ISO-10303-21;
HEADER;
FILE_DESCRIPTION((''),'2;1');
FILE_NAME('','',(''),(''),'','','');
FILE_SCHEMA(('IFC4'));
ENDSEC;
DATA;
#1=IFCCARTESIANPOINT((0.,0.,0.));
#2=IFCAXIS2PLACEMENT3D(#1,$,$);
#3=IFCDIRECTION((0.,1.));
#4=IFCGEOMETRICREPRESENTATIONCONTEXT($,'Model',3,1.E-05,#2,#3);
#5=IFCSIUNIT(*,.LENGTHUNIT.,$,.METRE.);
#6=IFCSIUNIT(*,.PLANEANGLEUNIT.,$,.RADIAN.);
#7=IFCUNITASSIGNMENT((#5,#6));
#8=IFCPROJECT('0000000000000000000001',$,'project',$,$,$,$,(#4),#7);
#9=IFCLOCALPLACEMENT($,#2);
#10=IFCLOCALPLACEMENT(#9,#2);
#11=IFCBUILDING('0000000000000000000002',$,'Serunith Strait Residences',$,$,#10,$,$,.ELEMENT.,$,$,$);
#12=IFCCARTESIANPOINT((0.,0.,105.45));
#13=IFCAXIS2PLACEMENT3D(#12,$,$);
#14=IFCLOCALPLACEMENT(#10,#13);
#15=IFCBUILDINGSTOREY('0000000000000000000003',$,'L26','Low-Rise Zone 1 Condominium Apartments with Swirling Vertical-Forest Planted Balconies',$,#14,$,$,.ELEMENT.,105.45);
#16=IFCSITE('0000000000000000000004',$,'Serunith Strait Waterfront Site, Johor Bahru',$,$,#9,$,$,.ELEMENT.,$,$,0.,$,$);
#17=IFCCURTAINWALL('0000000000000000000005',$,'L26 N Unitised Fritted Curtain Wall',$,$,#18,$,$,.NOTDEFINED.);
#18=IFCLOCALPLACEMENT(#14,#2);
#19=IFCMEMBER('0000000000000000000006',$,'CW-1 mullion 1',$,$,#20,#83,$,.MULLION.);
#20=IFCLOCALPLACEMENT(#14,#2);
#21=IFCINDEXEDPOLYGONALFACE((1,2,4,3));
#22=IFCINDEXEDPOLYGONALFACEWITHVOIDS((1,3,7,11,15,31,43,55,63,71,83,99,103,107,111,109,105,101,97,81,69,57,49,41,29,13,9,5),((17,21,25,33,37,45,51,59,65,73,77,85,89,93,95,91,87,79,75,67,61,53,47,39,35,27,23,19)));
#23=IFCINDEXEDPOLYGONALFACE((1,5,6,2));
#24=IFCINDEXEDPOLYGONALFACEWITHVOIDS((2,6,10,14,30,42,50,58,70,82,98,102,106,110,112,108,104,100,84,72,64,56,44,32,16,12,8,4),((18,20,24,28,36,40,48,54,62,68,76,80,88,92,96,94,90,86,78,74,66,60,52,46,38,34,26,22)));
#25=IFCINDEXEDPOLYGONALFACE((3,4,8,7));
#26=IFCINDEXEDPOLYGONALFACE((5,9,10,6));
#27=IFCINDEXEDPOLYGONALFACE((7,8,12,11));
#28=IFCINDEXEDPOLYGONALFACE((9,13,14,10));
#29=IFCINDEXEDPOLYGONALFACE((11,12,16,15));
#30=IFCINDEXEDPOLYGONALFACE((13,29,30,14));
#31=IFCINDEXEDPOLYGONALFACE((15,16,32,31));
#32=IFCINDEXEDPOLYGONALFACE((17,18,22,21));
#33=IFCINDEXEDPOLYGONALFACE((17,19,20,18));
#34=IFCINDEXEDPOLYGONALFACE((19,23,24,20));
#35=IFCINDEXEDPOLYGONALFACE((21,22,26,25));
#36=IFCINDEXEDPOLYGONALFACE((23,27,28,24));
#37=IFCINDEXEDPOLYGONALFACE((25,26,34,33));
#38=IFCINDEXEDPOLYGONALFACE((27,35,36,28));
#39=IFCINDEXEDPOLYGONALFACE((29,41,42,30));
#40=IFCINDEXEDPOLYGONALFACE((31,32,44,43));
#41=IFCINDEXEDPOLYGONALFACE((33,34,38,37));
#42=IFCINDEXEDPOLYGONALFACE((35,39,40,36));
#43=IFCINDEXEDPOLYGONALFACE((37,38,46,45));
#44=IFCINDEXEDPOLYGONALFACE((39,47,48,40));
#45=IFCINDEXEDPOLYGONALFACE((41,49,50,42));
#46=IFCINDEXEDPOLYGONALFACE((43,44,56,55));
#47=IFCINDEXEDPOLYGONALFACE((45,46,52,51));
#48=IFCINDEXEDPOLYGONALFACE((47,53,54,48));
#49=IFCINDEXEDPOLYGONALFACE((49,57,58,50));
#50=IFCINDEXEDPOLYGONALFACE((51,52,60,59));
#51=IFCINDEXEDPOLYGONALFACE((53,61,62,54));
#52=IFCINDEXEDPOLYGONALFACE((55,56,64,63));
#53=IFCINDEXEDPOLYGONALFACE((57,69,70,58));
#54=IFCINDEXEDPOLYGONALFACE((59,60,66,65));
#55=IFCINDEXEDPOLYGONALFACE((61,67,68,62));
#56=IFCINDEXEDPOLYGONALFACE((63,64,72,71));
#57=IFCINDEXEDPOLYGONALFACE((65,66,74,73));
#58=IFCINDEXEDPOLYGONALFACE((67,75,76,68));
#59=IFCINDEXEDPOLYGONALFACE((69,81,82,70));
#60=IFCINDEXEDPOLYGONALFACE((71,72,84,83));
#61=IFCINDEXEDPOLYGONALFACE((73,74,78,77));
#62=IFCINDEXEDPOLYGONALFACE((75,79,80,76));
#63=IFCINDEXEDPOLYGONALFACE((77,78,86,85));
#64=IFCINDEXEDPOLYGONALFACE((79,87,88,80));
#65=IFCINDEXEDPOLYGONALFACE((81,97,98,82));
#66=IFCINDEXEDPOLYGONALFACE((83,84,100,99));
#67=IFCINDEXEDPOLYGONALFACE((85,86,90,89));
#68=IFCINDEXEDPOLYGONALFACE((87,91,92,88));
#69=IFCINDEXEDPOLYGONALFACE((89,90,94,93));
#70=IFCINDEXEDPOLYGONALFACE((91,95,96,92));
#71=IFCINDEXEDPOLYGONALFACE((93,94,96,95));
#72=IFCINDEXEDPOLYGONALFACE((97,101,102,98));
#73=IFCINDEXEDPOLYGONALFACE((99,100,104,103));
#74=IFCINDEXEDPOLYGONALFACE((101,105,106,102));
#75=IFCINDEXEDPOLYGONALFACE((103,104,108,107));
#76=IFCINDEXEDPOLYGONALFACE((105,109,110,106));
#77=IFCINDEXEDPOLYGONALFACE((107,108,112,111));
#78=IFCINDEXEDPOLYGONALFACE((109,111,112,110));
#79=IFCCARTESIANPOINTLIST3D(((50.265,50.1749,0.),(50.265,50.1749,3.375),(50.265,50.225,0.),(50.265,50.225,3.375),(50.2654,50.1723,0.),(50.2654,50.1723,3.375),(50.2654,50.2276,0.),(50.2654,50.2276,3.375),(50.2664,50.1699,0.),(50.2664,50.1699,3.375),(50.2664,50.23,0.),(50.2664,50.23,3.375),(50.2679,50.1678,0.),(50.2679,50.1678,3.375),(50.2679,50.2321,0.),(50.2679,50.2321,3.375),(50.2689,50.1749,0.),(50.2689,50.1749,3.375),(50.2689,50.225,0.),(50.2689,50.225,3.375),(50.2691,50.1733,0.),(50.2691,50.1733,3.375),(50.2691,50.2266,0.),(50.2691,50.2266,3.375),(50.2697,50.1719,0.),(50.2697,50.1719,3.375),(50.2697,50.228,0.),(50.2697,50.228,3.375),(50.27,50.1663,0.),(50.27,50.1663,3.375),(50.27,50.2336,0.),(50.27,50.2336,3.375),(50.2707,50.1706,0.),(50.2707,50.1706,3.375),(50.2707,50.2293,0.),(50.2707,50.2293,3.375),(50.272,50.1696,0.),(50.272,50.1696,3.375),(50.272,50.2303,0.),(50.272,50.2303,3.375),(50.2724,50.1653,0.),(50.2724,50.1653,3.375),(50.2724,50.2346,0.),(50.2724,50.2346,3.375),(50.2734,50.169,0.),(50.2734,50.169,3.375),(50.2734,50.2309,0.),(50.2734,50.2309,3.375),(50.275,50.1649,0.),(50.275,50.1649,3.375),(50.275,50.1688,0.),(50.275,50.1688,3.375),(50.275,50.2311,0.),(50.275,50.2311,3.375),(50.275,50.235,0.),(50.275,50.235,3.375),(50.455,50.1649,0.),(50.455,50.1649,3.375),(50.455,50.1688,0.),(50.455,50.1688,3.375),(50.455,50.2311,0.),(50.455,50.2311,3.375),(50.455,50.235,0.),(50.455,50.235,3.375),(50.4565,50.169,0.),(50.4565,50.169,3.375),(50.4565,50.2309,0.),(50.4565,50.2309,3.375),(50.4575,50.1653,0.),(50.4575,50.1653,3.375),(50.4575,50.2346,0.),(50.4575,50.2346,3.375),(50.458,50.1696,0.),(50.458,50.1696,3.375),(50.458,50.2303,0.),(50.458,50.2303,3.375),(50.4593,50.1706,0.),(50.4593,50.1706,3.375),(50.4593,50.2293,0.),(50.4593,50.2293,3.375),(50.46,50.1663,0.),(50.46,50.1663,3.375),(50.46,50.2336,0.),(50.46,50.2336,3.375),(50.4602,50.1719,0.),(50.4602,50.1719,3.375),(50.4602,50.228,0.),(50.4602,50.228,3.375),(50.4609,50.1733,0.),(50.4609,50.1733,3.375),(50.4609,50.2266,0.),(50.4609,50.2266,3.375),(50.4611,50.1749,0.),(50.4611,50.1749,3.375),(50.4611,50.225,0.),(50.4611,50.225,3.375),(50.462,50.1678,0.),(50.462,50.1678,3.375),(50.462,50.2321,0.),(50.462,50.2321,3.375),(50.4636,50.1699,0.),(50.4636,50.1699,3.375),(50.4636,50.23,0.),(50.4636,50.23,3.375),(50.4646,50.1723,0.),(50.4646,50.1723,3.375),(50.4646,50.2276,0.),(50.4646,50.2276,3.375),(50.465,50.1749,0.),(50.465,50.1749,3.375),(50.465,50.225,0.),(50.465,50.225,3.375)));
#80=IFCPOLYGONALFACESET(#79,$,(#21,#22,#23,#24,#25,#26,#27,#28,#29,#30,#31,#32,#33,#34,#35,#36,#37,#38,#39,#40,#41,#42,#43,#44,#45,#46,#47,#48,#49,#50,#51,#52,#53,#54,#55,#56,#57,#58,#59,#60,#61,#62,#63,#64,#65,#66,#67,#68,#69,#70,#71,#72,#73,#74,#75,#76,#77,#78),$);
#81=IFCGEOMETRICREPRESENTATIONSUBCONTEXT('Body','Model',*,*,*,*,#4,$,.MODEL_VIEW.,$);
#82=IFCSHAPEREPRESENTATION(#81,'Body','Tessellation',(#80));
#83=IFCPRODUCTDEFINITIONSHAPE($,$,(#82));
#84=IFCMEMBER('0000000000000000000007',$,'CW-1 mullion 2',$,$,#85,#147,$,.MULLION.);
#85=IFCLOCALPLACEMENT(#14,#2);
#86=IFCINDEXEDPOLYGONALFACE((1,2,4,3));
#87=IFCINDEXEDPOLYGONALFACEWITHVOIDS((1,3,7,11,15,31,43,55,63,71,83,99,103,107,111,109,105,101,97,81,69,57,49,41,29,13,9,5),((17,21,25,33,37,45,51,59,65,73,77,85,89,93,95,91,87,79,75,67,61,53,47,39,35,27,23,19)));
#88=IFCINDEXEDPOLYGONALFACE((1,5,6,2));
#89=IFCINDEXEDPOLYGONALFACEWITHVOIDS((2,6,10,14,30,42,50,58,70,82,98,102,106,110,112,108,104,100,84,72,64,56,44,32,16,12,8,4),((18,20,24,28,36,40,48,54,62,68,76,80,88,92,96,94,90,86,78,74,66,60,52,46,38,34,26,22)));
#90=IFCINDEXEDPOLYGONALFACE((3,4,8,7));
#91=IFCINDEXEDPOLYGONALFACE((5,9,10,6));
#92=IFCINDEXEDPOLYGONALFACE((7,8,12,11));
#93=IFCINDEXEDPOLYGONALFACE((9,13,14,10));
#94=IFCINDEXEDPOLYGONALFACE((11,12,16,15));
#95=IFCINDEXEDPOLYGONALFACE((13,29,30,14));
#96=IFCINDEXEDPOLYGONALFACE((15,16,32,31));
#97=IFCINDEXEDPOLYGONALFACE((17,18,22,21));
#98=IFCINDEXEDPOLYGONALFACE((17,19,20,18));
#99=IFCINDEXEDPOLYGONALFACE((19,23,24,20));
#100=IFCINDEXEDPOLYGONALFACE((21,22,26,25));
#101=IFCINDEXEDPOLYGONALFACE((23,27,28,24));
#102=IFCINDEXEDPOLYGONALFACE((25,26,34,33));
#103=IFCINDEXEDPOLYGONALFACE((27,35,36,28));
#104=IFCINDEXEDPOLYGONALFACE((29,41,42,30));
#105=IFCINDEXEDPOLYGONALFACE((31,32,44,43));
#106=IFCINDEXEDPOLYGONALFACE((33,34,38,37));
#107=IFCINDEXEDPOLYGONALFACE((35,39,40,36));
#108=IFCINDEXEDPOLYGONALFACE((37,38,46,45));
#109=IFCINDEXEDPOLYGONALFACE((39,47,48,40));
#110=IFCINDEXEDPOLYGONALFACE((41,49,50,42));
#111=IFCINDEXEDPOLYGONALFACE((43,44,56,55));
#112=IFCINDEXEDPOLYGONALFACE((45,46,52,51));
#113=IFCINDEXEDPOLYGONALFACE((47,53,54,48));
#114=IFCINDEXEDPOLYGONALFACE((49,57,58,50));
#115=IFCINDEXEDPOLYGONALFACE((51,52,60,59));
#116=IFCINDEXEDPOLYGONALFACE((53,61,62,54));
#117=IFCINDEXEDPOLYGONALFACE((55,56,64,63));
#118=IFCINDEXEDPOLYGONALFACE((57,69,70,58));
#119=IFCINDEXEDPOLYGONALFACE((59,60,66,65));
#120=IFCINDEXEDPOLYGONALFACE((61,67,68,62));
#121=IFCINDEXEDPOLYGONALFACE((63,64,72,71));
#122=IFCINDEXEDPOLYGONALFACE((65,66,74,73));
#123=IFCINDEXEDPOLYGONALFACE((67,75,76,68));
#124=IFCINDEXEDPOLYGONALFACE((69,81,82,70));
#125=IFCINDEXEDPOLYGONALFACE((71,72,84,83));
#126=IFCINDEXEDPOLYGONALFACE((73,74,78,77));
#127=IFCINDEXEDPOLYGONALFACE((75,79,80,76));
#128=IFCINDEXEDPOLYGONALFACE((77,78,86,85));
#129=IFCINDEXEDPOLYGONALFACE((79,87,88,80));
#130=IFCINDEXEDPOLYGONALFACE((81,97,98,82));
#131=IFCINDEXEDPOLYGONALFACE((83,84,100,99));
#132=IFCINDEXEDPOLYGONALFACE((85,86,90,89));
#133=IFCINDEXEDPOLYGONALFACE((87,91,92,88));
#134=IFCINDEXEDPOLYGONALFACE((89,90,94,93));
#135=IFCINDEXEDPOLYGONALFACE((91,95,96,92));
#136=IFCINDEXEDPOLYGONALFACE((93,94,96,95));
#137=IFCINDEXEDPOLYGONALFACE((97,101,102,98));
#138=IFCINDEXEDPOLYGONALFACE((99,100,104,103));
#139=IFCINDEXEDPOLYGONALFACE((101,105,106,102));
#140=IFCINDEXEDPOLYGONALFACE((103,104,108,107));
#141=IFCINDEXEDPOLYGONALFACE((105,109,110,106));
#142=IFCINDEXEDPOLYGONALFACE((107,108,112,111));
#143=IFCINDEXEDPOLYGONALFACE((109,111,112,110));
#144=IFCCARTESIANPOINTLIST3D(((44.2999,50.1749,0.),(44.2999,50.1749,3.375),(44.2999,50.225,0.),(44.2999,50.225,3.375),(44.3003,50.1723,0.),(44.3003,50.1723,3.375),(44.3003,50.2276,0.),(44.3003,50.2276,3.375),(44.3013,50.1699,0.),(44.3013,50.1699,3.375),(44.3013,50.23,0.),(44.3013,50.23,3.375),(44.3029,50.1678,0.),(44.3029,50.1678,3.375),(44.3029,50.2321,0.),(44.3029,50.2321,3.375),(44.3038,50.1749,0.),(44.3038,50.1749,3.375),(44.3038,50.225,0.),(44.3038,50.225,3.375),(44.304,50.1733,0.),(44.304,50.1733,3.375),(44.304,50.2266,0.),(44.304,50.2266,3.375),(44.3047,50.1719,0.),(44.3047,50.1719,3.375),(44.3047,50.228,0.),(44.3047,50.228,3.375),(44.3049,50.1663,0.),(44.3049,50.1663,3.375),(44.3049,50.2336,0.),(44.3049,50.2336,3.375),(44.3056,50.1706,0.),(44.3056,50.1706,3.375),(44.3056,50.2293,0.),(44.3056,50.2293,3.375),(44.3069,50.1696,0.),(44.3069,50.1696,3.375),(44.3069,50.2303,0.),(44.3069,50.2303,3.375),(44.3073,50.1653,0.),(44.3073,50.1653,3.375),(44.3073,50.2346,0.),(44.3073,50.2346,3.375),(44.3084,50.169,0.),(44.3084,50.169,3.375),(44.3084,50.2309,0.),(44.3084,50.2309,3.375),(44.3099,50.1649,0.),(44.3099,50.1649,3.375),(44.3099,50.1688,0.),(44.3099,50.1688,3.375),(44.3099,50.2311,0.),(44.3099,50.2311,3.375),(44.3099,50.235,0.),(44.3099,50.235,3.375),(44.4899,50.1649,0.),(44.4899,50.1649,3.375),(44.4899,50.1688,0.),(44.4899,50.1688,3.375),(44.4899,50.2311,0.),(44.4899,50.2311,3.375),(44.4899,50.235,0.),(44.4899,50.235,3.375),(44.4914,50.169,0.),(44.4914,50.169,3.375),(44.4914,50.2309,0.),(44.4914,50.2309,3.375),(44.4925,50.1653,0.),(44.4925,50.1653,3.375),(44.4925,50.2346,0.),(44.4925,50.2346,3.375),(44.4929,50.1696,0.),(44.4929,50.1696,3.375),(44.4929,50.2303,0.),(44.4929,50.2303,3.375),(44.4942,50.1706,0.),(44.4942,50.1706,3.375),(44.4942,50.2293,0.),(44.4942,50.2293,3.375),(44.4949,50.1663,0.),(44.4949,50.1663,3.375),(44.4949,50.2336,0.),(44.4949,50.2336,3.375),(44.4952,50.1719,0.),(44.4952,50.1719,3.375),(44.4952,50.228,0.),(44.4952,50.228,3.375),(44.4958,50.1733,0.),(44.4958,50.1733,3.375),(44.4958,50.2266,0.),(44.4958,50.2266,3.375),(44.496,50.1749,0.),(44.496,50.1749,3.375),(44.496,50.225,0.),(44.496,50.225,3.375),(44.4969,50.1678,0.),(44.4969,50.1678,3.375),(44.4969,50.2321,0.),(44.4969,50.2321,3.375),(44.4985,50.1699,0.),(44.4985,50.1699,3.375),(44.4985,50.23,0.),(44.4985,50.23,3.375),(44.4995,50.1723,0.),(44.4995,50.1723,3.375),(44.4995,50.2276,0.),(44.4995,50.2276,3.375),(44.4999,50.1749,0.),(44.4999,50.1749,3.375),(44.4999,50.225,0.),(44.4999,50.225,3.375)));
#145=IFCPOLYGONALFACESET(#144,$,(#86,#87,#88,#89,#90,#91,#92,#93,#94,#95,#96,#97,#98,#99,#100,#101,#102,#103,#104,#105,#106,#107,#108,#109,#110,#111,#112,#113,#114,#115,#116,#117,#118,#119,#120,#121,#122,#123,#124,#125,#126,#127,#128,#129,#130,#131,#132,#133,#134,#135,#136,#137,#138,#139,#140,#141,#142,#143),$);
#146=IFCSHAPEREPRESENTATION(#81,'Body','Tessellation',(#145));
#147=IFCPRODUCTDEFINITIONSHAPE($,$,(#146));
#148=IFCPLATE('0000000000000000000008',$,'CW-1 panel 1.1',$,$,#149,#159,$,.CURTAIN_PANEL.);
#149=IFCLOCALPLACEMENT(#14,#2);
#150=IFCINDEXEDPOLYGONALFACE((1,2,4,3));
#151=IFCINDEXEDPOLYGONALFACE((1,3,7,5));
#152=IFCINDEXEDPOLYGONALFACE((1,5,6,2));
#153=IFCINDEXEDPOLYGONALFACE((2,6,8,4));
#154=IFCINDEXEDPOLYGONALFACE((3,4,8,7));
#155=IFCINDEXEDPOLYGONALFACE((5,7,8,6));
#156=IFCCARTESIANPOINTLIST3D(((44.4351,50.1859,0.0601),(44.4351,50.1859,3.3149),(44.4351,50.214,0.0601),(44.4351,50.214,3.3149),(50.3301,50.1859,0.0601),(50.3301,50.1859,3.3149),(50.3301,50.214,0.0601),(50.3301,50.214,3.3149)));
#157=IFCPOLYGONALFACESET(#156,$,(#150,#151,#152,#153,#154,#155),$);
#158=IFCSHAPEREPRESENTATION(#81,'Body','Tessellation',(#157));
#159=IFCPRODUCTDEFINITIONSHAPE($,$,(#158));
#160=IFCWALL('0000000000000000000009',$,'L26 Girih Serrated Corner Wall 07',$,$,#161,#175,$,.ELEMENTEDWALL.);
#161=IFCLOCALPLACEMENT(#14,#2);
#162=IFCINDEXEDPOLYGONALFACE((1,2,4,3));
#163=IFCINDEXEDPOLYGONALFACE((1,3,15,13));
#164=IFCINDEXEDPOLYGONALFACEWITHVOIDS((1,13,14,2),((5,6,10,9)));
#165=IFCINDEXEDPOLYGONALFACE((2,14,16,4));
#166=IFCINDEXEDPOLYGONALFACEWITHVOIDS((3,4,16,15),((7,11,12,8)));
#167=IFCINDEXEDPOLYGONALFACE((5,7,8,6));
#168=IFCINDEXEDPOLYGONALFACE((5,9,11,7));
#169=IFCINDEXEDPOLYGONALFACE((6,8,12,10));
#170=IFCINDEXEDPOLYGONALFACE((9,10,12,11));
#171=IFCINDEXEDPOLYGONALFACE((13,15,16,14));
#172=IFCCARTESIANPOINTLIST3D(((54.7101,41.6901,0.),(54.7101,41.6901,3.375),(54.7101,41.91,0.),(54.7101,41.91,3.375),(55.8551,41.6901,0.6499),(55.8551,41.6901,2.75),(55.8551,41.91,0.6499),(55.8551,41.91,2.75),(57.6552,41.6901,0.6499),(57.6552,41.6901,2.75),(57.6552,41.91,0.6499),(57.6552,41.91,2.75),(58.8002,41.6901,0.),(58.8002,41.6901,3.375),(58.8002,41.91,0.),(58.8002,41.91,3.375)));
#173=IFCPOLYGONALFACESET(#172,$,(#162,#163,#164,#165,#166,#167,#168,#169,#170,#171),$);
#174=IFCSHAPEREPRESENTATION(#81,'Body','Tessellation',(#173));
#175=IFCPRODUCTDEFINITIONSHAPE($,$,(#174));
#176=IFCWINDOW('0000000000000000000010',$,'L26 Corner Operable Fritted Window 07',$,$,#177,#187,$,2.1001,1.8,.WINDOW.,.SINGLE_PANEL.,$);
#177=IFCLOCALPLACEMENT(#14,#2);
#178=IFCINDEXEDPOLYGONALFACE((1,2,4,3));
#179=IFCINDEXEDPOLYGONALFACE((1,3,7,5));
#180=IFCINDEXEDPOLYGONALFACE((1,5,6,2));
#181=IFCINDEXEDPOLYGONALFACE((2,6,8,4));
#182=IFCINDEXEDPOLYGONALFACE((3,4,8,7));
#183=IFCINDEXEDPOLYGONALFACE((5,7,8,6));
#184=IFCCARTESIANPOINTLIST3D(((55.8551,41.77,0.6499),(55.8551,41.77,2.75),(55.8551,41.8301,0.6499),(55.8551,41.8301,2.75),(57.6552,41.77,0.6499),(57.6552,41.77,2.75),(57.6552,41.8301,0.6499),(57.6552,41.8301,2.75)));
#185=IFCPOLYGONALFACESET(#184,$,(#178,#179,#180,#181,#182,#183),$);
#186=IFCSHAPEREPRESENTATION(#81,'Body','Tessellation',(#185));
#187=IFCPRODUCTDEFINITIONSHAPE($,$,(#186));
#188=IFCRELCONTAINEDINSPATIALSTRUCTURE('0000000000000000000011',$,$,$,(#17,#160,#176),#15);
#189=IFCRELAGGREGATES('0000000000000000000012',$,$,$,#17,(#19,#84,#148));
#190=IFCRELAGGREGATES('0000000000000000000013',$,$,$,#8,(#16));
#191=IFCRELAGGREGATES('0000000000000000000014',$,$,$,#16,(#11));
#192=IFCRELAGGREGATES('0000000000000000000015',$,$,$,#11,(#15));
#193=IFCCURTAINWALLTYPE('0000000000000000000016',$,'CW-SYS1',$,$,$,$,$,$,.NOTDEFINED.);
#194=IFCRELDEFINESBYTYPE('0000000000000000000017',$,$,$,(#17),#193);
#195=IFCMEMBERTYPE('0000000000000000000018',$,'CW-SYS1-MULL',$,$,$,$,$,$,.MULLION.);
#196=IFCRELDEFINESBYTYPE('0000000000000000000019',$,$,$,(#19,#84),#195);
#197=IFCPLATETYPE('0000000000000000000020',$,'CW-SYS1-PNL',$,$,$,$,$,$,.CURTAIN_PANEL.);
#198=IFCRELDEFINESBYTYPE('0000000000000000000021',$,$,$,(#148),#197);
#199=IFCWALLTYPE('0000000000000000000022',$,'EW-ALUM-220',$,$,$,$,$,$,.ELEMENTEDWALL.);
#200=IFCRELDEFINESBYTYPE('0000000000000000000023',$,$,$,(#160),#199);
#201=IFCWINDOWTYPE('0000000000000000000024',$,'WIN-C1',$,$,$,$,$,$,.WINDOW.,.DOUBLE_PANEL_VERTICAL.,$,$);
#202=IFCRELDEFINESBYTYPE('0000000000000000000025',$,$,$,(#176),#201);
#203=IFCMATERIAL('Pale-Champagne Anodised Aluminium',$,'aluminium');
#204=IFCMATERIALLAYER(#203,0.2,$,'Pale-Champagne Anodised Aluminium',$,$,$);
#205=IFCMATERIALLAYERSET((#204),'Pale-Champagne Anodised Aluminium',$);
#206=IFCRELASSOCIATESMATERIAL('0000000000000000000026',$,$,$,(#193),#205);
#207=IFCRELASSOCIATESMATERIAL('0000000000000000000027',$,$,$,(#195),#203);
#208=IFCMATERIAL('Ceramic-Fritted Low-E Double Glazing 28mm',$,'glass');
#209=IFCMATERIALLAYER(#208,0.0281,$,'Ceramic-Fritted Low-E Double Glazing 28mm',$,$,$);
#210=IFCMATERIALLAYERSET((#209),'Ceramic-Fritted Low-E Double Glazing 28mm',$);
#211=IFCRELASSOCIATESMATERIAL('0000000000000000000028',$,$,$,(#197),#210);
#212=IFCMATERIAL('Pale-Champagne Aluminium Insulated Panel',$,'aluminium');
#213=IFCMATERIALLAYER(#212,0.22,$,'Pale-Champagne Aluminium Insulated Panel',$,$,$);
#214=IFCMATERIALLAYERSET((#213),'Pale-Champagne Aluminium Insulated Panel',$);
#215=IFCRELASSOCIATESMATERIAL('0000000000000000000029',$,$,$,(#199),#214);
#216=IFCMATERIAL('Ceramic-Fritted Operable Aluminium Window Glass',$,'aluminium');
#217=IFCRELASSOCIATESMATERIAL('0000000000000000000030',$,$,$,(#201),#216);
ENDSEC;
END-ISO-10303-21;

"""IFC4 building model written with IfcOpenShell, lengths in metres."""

from ifc_helpers import new_model, si_unit, direction, frame, frame_2d, origin, origin_2d, place, context, subcontext, project, spatial, rectangle, hollow_rectangle, extrude, source, transform, mapped, material, layer, layer_set, material_profile, profile_set, type_object, element, fill, aggregate, save


model = new_model("IFC4")

# Units and contexts
model_context = context("Model", 3, precision=1e-05, world=origin(), true_north=direction((0.0, 1.0)))
body_context = subcontext(model_context, "Body", "Model", "MODEL_VIEW")
ifc_project = project(units=[si_unit("LENGTHUNIT", "METRE"), si_unit("PLANEANGLEUNIT", "RADIAN")], contexts=[model_context])

# Site, building, storey
site_placement = place(None, origin())
site = spatial("IfcSite", under=ifc_project, at=site_placement, Name="Serunith Strait Waterfront Site, Johor Bahru", CompositionType="ELEMENT", RefElevation=0.0)
building_placement = place(site_placement, origin())
building = spatial("IfcBuilding", under=site, at=building_placement, Name="Serunith Strait Residences", CompositionType="ELEMENT")
storey_placement = place(building_placement, frame((0.0, 0.0, 105.45)))
storey = spatial("IfcBuildingStorey", under=building, at=storey_placement, Name="L26", Description="Low-Rise Zone 1 Condominium Apartments with Swirling Vertical-Forest Planted Balconies", CompositionType="ELEMENT", Elevation=105.45)

# Curtain wall
ifc_material_1 = material(Name="Pale-Champagne Anodised Aluminium", Category="aluminium")
ifc_layer_1 = layer(ifc_material_1, 0.2, Name="Pale-Champagne Anodised Aluminium")
ifc_layer_set_1 = layer_set([ifc_layer_1], Name="Pale-Champagne Anodised Aluminium")
curtain_wall_type = type_object("IfcCurtainWallType", Name="CW-SYS1", PredefinedType="NOTDEFINED", material=ifc_layer_set_1)
curtain_wall_1_placement = place(storey_placement, origin())
curtain_wall_1 = element("IfcCurtainWall", 1, at=curtain_wall_1_placement, inside=storey, type_object=curtain_wall_type, Name="L26 N Unitised Fritted Curtain Wall", PredefinedType="NOTDEFINED")

# Shared definitions
ifc_material_profile_1 = material_profile(ifc_material_1, hollow_rectangle(XDim=0.0701, YDim=0.2, WallThickness=0.0039, InnerFilletRadius=0.0061, OuterFilletRadius=0.01, at=origin_2d()), Name="ALU 200x70x4")
ifc_profile_set_1 = profile_set([ifc_material_profile_1], Name="Pale-Champagne Anodised Aluminium")
member_type_1 = type_object("IfcMemberType", Name="CW-SYS1-MULL", PredefinedType="MULLION", material=ifc_profile_set_1)
shared_shape_1 = source(origin(), body_context, "Body", "SweptSolid", [
    extrude(hollow_rectangle(XDim=0.0701, YDim=0.2, WallThickness=0.0039, InnerFilletRadius=0.0061, OuterFilletRadius=0.01, at=origin_2d()), origin(), (0.0, 0.0, 1.0), 3.375),
])

# Members
member_1_placement = place(storey_placement, frame((50.365, 50.2, 0.0), z_axis=(0.0, 0.0, 1.0), x_axis=(0.0, -1.0, 0.0)))
member_1 = element("IfcMember", 2, at=member_1_placement, type_object=member_type_1, Name="CW-1 mullion 1", PredefinedType="MULLION", context=body_context, shape_type="MappedRepresentation", body=[
    mapped(shared_shape_1, transform((0.0, 0.0, 0.0), scale=1.0)),
])
member_2_placement = place(storey_placement, frame((44.3999, 50.2, 0.0), z_axis=(0.0, 0.0, 1.0), x_axis=(0.0, -1.0, 0.0)))
member_2 = element("IfcMember", 3, at=member_2_placement, type_object=member_type_1, Name="CW-1 mullion 2", PredefinedType="MULLION", context=body_context, shape_type="MappedRepresentation", body=[
    mapped(shared_shape_1, transform((0.0, 0.0, 0.0), scale=1.0)),
])

# Plate
ifc_material_2 = material(Name="Ceramic-Fritted Low-E Double Glazing 28mm", Category="glass")
ifc_layer_2 = layer(ifc_material_2, 0.0281, Name="Ceramic-Fritted Low-E Double Glazing 28mm")
ifc_layer_set_2 = layer_set([ifc_layer_2], Name="Ceramic-Fritted Low-E Double Glazing 28mm")
plate_type = type_object("IfcPlateType", Name="CW-SYS1-PNL", PredefinedType="CURTAIN_PANEL", material=ifc_layer_set_2)
shared_shape_2 = source(origin(), body_context, "Body", "SweptSolid", [
    extrude(rectangle(XDim=5.895, YDim=0.0281, at=origin_2d()), origin(), (0.0, 0.0, 1.0), 3.2549),
])
plate_placement = place(storey_placement, frame((47.3826, 50.2, 0.0601), z_axis=(0.0, 0.0, 1.0), x_axis=(-1.0, 0.0, 0.0)))
plate = element("IfcPlate", 4, at=plate_placement, type_object=plate_type, Name="CW-1 panel 1.1", PredefinedType="CURTAIN_PANEL", context=body_context, shape_type="MappedRepresentation", body=[
    mapped(shared_shape_2, transform((0.0, 0.0, 0.0), scale=1.0)),
])
aggregate(curtain_wall_1, [member_1, member_2, plate])

# Wall, opening, window
ifc_material_3 = material(Name="Pale-Champagne Aluminium Insulated Panel", Category="aluminium")
ifc_layer_3 = layer(ifc_material_3, 0.22, Name="Pale-Champagne Aluminium Insulated Panel")
ifc_layer_set_3 = layer_set([ifc_layer_3], Name="Pale-Champagne Aluminium Insulated Panel")
wall_type_1 = type_object("IfcWallType", Name="EW-ALUM-220", PredefinedType="ELEMENTEDWALL", material=ifc_layer_set_3)
wall_1_placement = place(storey_placement, frame((58.8, 41.8, 0.0), z_axis=(0.0, 0.0, 1.0), x_axis=(-1.0, 0.0, 0.0)))
wall_1 = element("IfcWall", 5, at=wall_1_placement, inside=storey, type_object=wall_type_1, Name="L26 Girih Serrated Corner Wall 07", PredefinedType="ELEMENTEDWALL", context=body_context, shape_type="SweptSolid", body=[
    extrude(rectangle(XDim=4.0901, YDim=0.22, at=frame_2d((2.0449, 0.0))), origin(), (0.0, 0.0, 1.0), 3.375),
])
opening_1_placement = place(wall_1_placement, frame((1.145, 0.0, 0.6499)))
opening_1 = element("IfcOpeningElement", 6, at=opening_1_placement, cuts=wall_1, PredefinedType="OPENING", context=body_context, shape_type="SweptSolid", body=[
    extrude(rectangle(XDim=1.8, YDim=2.1001, at=frame_2d((0.8999, 1.05))), frame((0.0, 0.1201, 0.0), z_axis=(0.0, -1.0, 0.0), x_axis=(1.0, 0.0, 0.0)), (0.0, 0.0, 1.0), 0.24),
])
ifc_material_4 = material(Name="Ceramic-Fritted Operable Aluminium Window Glass", Category="aluminium")
window_type = type_object("IfcWindowType", Name="WIN-C1", PartitioningType="DOUBLE_PANEL_VERTICAL", PredefinedType="WINDOW", material=ifc_material_4)
shared_shape_3 = source(origin(), body_context, "Body", "SweptSolid", [
    extrude(rectangle(XDim=1.8, YDim=2.1001, at=frame_2d((0.8999, 1.05))), frame((0.0, 0.03, 0.0), z_axis=(0.0, -1.0, 0.0), x_axis=(1.0, 0.0, 0.0)), (0.0, 0.0, 1.0), 0.0601),
])
window_1_placement = place(opening_1_placement, origin())
window_1 = element("IfcWindow", 7, at=window_1_placement, inside=storey, type_object=window_type, Name="L26 Corner Operable Fritted Window 07", OverallHeight=2.1001, OverallWidth=1.8, PartitioningType="SINGLE_PANEL", PredefinedType="WINDOW", context=body_context, shape_type="MappedRepresentation", body=[
    mapped(shared_shape_3, transform((0.0, 0.0, 0.0), scale=1.0)),
])
fill(opening_1, window_1)

save(model, "model.ifc")
